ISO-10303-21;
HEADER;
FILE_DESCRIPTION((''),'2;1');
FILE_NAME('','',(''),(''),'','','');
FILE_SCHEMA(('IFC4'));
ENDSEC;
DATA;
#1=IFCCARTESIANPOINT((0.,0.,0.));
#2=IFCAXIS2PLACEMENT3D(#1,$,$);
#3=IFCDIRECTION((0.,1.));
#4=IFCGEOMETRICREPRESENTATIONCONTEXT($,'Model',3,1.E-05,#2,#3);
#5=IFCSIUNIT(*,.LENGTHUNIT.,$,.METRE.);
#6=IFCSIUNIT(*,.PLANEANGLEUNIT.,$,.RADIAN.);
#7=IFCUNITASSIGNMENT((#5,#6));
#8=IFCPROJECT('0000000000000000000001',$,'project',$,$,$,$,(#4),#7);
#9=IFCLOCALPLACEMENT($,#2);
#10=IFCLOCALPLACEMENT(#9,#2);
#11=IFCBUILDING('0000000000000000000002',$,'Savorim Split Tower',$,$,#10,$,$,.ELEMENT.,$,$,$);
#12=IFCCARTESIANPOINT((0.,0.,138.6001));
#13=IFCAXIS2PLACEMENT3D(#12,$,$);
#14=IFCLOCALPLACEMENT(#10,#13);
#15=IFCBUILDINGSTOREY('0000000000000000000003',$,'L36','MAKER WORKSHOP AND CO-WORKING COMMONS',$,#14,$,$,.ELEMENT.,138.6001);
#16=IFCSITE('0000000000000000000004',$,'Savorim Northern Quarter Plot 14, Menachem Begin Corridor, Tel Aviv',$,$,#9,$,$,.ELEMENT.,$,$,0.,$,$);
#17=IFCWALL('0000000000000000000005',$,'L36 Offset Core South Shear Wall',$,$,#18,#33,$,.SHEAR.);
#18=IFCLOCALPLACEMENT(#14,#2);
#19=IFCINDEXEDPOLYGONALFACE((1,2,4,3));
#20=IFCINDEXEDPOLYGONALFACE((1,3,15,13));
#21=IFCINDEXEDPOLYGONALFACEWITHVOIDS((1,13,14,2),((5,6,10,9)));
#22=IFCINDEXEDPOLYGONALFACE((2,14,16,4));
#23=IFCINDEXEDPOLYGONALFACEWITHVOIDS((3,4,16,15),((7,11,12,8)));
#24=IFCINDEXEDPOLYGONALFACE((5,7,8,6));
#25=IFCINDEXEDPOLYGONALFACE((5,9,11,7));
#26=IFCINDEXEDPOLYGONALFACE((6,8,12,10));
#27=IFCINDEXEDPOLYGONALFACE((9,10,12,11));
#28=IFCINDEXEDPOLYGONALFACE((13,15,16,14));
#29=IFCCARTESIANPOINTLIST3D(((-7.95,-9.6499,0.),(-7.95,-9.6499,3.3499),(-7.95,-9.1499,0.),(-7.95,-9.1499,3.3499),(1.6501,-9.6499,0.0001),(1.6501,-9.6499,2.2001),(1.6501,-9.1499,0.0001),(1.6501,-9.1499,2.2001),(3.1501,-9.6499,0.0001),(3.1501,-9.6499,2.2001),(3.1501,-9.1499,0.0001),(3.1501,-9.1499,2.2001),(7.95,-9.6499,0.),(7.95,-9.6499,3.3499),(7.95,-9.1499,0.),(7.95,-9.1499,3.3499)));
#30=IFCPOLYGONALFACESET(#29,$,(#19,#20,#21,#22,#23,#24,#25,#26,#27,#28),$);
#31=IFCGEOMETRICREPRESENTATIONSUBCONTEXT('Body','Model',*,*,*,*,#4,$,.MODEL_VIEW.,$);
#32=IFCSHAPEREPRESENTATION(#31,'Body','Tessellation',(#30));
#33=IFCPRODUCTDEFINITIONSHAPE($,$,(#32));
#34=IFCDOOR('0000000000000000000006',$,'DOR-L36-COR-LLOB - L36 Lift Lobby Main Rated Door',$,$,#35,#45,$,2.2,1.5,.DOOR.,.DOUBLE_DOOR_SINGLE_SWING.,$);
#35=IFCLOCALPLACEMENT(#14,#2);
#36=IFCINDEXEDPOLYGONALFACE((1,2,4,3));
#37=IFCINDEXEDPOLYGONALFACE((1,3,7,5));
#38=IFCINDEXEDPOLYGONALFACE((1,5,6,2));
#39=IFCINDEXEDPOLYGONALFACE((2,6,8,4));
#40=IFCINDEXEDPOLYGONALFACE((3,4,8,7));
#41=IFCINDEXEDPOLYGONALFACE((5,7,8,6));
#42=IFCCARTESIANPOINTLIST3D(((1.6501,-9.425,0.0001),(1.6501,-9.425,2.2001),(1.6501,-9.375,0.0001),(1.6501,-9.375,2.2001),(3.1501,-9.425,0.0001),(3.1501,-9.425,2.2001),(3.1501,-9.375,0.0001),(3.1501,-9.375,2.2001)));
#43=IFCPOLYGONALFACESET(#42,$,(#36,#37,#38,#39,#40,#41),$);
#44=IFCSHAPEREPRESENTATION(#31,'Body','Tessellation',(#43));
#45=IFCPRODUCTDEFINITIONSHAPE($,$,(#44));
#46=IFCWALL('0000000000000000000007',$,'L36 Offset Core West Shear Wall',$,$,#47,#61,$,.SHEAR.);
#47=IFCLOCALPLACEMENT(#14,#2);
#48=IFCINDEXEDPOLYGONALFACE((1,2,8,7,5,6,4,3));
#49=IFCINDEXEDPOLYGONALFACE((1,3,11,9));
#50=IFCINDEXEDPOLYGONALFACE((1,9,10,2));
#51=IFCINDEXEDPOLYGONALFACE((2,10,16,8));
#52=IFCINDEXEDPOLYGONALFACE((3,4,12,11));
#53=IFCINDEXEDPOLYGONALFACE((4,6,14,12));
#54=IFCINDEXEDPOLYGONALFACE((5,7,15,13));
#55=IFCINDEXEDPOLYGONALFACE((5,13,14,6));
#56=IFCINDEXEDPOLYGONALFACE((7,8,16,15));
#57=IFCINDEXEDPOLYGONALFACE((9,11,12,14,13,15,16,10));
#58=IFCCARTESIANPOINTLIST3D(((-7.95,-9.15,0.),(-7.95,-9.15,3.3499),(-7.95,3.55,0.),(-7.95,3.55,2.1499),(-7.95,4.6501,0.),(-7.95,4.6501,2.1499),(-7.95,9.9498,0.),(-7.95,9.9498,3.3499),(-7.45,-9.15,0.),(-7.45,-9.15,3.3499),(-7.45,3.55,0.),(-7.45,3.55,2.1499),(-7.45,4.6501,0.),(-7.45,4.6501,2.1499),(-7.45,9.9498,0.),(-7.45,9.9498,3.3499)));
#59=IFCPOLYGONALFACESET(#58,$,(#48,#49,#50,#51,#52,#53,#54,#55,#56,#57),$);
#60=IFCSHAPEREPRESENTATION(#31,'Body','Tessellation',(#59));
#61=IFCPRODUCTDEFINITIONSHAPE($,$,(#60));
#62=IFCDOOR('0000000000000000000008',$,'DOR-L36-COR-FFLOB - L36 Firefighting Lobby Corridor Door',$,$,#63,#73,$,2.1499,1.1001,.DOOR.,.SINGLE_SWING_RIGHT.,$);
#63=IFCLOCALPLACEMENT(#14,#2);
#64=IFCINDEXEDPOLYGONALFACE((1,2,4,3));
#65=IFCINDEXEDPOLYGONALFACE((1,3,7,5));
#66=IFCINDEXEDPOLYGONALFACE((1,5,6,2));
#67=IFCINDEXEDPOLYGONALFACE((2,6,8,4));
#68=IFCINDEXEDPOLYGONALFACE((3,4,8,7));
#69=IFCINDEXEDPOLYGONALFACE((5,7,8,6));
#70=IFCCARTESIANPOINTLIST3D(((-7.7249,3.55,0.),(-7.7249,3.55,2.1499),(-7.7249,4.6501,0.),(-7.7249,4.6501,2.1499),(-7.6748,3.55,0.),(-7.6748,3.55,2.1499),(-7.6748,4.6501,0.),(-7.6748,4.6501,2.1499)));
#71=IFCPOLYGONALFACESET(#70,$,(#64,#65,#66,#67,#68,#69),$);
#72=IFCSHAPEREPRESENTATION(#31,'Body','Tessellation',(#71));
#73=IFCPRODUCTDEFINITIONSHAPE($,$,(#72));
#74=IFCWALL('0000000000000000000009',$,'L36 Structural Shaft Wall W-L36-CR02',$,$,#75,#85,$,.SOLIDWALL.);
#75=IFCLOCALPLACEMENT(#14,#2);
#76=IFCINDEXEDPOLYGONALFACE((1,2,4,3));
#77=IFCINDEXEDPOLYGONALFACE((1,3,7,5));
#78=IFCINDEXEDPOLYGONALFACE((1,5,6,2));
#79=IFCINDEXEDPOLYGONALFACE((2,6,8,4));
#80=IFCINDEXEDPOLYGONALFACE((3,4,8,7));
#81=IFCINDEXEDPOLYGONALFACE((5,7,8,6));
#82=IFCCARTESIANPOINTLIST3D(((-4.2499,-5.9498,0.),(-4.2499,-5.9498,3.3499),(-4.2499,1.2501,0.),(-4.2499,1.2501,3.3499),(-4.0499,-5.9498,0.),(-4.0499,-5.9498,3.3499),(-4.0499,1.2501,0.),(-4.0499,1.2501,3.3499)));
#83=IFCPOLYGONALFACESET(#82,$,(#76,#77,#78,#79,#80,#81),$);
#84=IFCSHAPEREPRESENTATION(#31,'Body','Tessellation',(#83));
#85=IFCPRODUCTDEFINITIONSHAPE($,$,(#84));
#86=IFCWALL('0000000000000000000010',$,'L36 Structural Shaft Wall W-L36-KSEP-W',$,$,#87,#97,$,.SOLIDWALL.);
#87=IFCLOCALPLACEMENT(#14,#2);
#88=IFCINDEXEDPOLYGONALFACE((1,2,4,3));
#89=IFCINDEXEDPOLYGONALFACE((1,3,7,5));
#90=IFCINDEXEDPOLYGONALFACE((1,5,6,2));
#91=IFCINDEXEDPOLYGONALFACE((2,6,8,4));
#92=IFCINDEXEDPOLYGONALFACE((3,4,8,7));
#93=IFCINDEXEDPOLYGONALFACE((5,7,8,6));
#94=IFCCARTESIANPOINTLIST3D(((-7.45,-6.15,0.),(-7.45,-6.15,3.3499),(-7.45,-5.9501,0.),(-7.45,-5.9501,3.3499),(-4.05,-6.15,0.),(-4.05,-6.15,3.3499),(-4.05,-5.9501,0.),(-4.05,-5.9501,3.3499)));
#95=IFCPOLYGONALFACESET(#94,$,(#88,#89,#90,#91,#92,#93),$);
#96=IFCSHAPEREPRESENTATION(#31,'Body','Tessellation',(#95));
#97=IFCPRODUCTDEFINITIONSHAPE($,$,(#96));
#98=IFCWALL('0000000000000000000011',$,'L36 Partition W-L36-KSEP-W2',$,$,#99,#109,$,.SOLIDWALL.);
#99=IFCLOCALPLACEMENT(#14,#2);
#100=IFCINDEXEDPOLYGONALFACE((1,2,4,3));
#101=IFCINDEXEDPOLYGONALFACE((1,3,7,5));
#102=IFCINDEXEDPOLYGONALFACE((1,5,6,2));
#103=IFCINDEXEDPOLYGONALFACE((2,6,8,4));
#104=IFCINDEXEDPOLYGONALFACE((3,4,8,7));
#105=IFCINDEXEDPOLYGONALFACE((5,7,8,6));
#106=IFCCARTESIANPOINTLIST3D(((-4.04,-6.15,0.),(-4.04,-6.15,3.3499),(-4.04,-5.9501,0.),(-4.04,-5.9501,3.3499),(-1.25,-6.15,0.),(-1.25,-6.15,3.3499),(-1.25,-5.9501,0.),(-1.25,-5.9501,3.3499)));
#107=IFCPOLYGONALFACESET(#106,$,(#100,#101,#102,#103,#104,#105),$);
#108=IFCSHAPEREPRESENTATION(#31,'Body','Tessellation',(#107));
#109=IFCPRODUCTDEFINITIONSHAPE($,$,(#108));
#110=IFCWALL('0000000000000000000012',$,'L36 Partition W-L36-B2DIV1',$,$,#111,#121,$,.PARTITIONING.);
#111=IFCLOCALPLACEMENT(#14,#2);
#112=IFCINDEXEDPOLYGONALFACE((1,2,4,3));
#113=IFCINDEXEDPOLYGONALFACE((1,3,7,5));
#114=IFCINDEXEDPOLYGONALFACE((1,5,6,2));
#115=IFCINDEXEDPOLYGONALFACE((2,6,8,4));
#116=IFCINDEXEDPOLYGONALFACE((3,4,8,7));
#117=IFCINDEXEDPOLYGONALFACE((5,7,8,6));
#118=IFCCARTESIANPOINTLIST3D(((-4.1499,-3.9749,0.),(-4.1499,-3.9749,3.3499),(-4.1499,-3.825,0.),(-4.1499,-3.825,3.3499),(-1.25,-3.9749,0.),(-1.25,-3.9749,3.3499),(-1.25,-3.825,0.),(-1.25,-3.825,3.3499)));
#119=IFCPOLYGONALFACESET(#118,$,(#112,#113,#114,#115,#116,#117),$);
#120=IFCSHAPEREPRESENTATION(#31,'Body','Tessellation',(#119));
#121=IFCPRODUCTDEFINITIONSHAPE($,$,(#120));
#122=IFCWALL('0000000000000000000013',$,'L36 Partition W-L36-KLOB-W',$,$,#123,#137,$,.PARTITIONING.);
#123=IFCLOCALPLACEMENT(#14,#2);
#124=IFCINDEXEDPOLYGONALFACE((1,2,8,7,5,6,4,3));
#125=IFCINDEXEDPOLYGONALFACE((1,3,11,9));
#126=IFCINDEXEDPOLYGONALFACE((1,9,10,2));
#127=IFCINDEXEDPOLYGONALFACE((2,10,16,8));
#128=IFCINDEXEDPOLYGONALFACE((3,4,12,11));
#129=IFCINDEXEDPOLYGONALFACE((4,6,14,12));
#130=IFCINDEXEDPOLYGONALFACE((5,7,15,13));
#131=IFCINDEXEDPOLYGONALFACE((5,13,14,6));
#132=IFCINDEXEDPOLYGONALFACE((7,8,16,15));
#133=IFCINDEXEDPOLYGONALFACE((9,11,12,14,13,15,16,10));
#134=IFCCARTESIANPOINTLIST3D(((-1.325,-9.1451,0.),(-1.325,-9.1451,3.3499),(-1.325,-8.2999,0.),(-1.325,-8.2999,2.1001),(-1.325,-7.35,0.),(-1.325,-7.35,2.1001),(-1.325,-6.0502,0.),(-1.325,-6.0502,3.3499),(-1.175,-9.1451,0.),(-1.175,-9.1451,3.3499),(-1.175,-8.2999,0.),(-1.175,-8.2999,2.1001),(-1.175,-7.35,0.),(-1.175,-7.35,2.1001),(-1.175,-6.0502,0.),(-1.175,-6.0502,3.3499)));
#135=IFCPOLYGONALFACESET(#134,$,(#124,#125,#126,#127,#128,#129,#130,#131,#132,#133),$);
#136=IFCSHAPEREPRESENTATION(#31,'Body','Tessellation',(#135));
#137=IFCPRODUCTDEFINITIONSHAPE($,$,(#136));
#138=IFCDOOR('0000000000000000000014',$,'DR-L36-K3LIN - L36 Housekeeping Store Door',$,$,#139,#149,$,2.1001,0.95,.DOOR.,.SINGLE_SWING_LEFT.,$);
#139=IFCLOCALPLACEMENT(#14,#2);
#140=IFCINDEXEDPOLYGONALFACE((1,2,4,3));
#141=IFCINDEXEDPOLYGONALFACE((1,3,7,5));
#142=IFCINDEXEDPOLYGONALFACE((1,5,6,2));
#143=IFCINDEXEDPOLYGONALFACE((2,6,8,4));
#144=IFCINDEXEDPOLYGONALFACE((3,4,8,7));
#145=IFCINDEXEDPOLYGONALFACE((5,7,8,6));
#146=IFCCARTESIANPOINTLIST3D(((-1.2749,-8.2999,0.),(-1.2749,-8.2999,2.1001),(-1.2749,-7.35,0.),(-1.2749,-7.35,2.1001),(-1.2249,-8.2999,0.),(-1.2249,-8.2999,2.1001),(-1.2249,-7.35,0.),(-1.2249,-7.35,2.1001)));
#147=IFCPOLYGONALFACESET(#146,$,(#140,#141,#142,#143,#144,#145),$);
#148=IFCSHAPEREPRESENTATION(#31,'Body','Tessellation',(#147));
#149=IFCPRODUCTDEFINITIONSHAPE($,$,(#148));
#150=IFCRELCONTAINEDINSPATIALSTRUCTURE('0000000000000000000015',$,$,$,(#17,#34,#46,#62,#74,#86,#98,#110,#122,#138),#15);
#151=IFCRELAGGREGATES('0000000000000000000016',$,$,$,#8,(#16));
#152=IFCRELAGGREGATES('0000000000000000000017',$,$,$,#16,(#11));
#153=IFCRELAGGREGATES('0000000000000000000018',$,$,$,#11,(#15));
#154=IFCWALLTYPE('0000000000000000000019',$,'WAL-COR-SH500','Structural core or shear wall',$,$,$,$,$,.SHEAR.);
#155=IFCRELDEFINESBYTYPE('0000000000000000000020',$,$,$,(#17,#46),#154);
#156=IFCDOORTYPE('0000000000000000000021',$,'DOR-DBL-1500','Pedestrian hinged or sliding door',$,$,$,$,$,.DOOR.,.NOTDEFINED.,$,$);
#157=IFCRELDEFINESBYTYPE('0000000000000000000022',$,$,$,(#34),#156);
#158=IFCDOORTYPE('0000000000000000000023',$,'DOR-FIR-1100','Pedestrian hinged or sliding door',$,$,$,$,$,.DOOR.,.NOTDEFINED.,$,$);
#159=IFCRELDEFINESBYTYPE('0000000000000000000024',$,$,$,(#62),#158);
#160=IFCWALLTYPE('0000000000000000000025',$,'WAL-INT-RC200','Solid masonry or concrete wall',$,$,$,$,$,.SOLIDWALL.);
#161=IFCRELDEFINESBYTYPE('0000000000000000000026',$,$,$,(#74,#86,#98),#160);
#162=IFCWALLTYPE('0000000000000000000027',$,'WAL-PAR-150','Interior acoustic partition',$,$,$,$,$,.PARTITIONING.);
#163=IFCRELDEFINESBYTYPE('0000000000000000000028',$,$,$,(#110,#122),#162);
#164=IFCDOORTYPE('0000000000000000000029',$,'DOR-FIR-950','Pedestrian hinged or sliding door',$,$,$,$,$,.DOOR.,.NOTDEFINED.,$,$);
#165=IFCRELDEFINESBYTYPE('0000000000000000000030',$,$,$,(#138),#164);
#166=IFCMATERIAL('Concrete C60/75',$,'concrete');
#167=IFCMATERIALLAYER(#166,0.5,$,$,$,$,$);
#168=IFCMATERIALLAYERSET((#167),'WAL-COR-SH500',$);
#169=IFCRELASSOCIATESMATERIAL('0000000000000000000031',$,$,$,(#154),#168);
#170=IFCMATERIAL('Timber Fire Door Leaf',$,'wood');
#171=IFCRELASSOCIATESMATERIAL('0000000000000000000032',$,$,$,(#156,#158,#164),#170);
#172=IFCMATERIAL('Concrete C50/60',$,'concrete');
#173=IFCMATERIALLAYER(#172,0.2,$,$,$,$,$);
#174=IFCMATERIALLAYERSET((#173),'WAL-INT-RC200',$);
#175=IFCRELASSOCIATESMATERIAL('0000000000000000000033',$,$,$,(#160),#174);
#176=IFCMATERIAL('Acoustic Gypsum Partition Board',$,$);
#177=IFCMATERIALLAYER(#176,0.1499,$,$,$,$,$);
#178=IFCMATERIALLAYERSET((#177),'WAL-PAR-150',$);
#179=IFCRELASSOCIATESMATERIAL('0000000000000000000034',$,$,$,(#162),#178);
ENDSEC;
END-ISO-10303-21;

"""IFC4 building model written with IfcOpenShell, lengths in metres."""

from ifc_helpers import new_model, si_unit, direction, frame, frame_2d, origin, place, context, subcontext, project, spatial, rectangle, extrude, material, layer, layer_set, type_object, element, fill, save


model = new_model("IFC4")

# Units and contexts
model_context = context("Model", 3, precision=1e-05, world=origin(), true_north=direction((0.0, 1.0)))
body_context = subcontext(model_context, "Body", "Model", "MODEL_VIEW")
ifc_project = project(units=[si_unit("LENGTHUNIT", "METRE"), si_unit("PLANEANGLEUNIT", "RADIAN")], contexts=[model_context])

# Site, building, storey
site_placement = place(None, origin())
site = spatial("IfcSite", under=ifc_project, at=site_placement, Name="Savorim Northern Quarter Plot 14, Menachem Begin Corridor, Tel Aviv", CompositionType="ELEMENT", RefElevation=0.0)
building_placement = place(site_placement, origin())
building = spatial("IfcBuilding", under=site, at=building_placement, Name="Savorim Split Tower", CompositionType="ELEMENT")
storey_placement = place(building_placement, frame((0.0, 0.0, 138.6001)))
storey = spatial("IfcBuildingStorey", under=building, at=storey_placement, Name="L36", Description="MAKER WORKSHOP AND CO-WORKING COMMONS", CompositionType="ELEMENT", Elevation=138.6001)

# Walls, openings, doors
ifc_material_1 = material(Name="Concrete C60/75", Category="concrete")
ifc_layer_1 = layer(ifc_material_1, 0.5)
ifc_layer_set_1 = layer_set([ifc_layer_1], Name="WAL-COR-SH500")
wall_type_1 = type_object("IfcWallType", Name="WAL-COR-SH500", Description="Structural core or shear wall", PredefinedType="SHEAR", material=ifc_layer_set_1)
wall_1_placement = place(storey_placement, frame((-7.95, -9.3999, 0.0), z_axis=(0.0, 0.0, 1.0), x_axis=(1.0, 0.0, 0.0)))
wall_1 = element("IfcWall", 1, at=wall_1_placement, inside=storey, type_object=wall_type_1, Name="L36 Offset Core South Shear Wall", PredefinedType="SHEAR", context=body_context, shape_type="SweptSolid", body=[
    extrude(rectangle(XDim=15.8999, YDim=0.5, at=frame_2d((7.95, 0.0))), origin(), (0.0, 0.0, 1.0), 3.3499),
])
opening_1_placement = place(wall_1_placement, frame((9.6001, 0.0, 0.0)))
opening_1 = element("IfcOpeningElement", 2, at=opening_1_placement, cuts=wall_1, PredefinedType="OPENING", context=body_context, shape_type="SweptSolid", body=[
    extrude(rectangle(XDim=1.5, YDim=2.2, at=frame_2d((0.75, 1.1001))), frame((0.0, 0.26, 0.0), z_axis=(0.0, -1.0, 0.0), x_axis=(1.0, 0.0, 0.0)), (0.0, 0.0, 1.0), 0.52),
])
ifc_material_2 = material(Name="Timber Fire Door Leaf", Category="wood")
door_type_1 = type_object("IfcDoorType", Name="DOR-DBL-1500", Description="Pedestrian hinged or sliding door", OperationType="NOTDEFINED", PredefinedType="DOOR", material=ifc_material_2)
door_1_placement = place(opening_1_placement, origin())
door_1 = element("IfcDoor", 3, at=door_1_placement, inside=storey, type_object=door_type_1, Name="DOR-L36-COR-LLOB - L36 Lift Lobby Main Rated Door", OperationType="DOUBLE_DOOR_SINGLE_SWING", OverallHeight=2.2, OverallWidth=1.5, PredefinedType="DOOR", context=body_context, shape_type="SweptSolid", body=[
    extrude(rectangle(XDim=1.5, YDim=2.2, at=frame_2d((0.75, 1.1001))), frame((0.0, 0.0249, 0.0), z_axis=(0.0, -1.0, 0.0), x_axis=(1.0, 0.0, 0.0)), (0.0, 0.0, 1.0), 0.05),
])
fill(opening_1, door_1)
wall_2_placement = place(storey_placement, frame((-7.7, -9.1499, 0.0), z_axis=(0.0, 0.0, 1.0), x_axis=(0.0, 1.0, 0.0)))
wall_2 = element("IfcWall", 4, at=wall_2_placement, inside=storey, type_object=wall_type_1, Name="L36 Offset Core West Shear Wall", PredefinedType="SHEAR", context=body_context, shape_type="SweptSolid", body=[
    extrude(rectangle(XDim=19.0999, YDim=0.5, at=frame_2d((9.5498, 0.0))), origin(), (0.0, 0.0, 1.0), 3.3499),
])
opening_2_placement = place(wall_2_placement, frame((12.7, 0.0, 0.0)))
opening_2 = element("IfcOpeningElement", 5, at=opening_2_placement, cuts=wall_2, PredefinedType="OPENING", context=body_context, shape_type="SweptSolid", body=[
    extrude(rectangle(XDim=1.1001, YDim=2.1499, at=frame_2d((0.55, 1.075))), frame((0.0, 0.26, 0.0), z_axis=(0.0, -1.0, 0.0), x_axis=(1.0, 0.0, 0.0)), (0.0, 0.0, 1.0), 0.52),
])
door_type_2 = type_object("IfcDoorType", Name="DOR-FIR-1100", Description="Pedestrian hinged or sliding door", OperationType="NOTDEFINED", PredefinedType="DOOR", material=ifc_material_2)
door_2_placement = place(opening_2_placement, origin())
door_2 = element("IfcDoor", 6, at=door_2_placement, inside=storey, type_object=door_type_2, Name="DOR-L36-COR-FFLOB - L36 Firefighting Lobby Corridor Door", OperationType="SINGLE_SWING_RIGHT", OverallHeight=2.1499, OverallWidth=1.1001, PredefinedType="DOOR", context=body_context, shape_type="SweptSolid", body=[
    extrude(rectangle(XDim=1.1001, YDim=2.1499, at=frame_2d((0.55, 1.075))), frame((0.0, 0.0249, 0.0), z_axis=(0.0, -1.0, 0.0), x_axis=(1.0, 0.0, 0.0)), (0.0, 0.0, 1.0), 0.05),
])
fill(opening_2, door_2)

# Wall
ifc_material_3 = material(Name="Concrete C50/60", Category="concrete")
ifc_layer_2 = layer(ifc_material_3, 0.2)
ifc_layer_set_2 = layer_set([ifc_layer_2], Name="WAL-INT-RC200")
wall_type_2 = type_object("IfcWallType", Name="WAL-INT-RC200", Description="Solid masonry or concrete wall", PredefinedType="SOLIDWALL", material=ifc_layer_set_2)
wall_3_placement = place(storey_placement, frame((-4.1499, -5.95, 0.0), z_axis=(0.0, 0.0, 1.0), x_axis=(0.0, 1.0, 0.0)))
element("IfcWall", 7, at=wall_3_placement, inside=storey, type_object=wall_type_2, Name="L36 Structural Shaft Wall W-L36-CR02", PredefinedType="SOLIDWALL", context=body_context, shape_type="SweptSolid", body=[
    extrude(rectangle(XDim=7.2, YDim=0.2, at=frame_2d((3.6001, 0.0))), origin(), (0.0, 0.0, 1.0), 3.3499),
])

# Walls
wall_4_placement = place(storey_placement, frame((-7.45, -6.05, 0.0), z_axis=(0.0, 0.0, 1.0), x_axis=(1.0, 0.0, 0.0)))
element("IfcWall", 8, at=wall_4_placement, inside=storey, type_object=wall_type_2, Name="L36 Structural Shaft Wall W-L36-KSEP-W", PredefinedType="SOLIDWALL", context=body_context, shape_type="SweptSolid", body=[
    extrude(rectangle(XDim=3.3999, YDim=0.2, at=frame_2d((1.7, 0.0))), origin(), (0.0, 0.0, 1.0), 3.3499),
])
wall_5_placement = place(storey_placement, frame((-4.04, -6.05, 0.0), z_axis=(0.0, 0.0, 1.0), x_axis=(1.0, 0.0, 0.0)))
element("IfcWall", 9, at=wall_5_placement, inside=storey, type_object=wall_type_2, Name="L36 Partition W-L36-KSEP-W2", PredefinedType="SOLIDWALL", context=body_context, shape_type="SweptSolid", body=[
    extrude(rectangle(XDim=2.79, YDim=0.2, at=frame_2d((1.395, 0.0))), origin(), (0.0, 0.0, 1.0), 3.3499),
])
ifc_material_4 = material(Name="Acoustic Gypsum Partition Board")
ifc_layer_3 = layer(ifc_material_4, 0.1499)
ifc_layer_set_3 = layer_set([ifc_layer_3], Name="WAL-PAR-150")
wall_type_3 = type_object("IfcWallType", Name="WAL-PAR-150", Description="Interior acoustic partition", PredefinedType="PARTITIONING", material=ifc_layer_set_3)
wall_6_placement = place(storey_placement, frame((-4.1499, -3.8999, 0.0), z_axis=(0.0, 0.0, 1.0), x_axis=(1.0, 0.0, 0.0)))
element("IfcWall", 10, at=wall_6_placement, inside=storey, type_object=wall_type_3, Name="L36 Partition W-L36-B2DIV1", PredefinedType="PARTITIONING", context=body_context, shape_type="SweptSolid", body=[
    extrude(rectangle(XDim=2.8999, YDim=0.1499, at=frame_2d((1.45, 0.0))), origin(), (0.0, 0.0, 1.0), 3.3499),
])

# Wall, opening, door
wall_7_placement = place(storey_placement, frame((-1.25, -9.145, 0.0), z_axis=(0.0, 0.0, 1.0), x_axis=(0.0, 1.0, 0.0)))
wall_7 = element("IfcWall", 11, at=wall_7_placement, inside=storey, type_object=wall_type_3, Name="L36 Partition W-L36-KLOB-W", PredefinedType="PARTITIONING", context=body_context, shape_type="SweptSolid", body=[
    extrude(rectangle(XDim=3.095, YDim=0.1499, at=frame_2d((1.5474, 0.0))), origin(), (0.0, 0.0, 1.0), 3.3499),
])
opening_3_placement = place(wall_7_placement, frame((0.845, 0.0, 0.0)))
opening_3 = element("IfcOpeningElement", 12, at=opening_3_placement, cuts=wall_7, PredefinedType="OPENING", context=body_context, shape_type="SweptSolid", body=[
    extrude(rectangle(XDim=0.95, YDim=2.1001, at=frame_2d((0.4751, 1.05))), frame((0.0, 0.085, 0.0), z_axis=(0.0, -1.0, 0.0), x_axis=(1.0, 0.0, 0.0)), (0.0, 0.0, 1.0), 0.1699),
])
door_type_3 = type_object("IfcDoorType", Name="DOR-FIR-950", Description="Pedestrian hinged or sliding door", OperationType="NOTDEFINED", PredefinedType="DOOR", material=ifc_material_2)
door_3_placement = place(opening_3_placement, origin())
door_3 = element("IfcDoor", 13, at=door_3_placement, inside=storey, type_object=door_type_3, Name="DR-L36-K3LIN - L36 Housekeeping Store Door", OperationType="SINGLE_SWING_LEFT", OverallHeight=2.1001, OverallWidth=0.95, PredefinedType="DOOR", context=body_context, shape_type="SweptSolid", body=[
    extrude(rectangle(XDim=0.95, YDim=2.1001, at=frame_2d((0.4751, 1.05))), frame((0.0, 0.0249, 0.0), z_axis=(0.0, -1.0, 0.0), x_axis=(1.0, 0.0, 0.0)), (0.0, 0.0, 1.0), 0.05),
])
fill(opening_3, door_3)

save(model, "model.ifc")
